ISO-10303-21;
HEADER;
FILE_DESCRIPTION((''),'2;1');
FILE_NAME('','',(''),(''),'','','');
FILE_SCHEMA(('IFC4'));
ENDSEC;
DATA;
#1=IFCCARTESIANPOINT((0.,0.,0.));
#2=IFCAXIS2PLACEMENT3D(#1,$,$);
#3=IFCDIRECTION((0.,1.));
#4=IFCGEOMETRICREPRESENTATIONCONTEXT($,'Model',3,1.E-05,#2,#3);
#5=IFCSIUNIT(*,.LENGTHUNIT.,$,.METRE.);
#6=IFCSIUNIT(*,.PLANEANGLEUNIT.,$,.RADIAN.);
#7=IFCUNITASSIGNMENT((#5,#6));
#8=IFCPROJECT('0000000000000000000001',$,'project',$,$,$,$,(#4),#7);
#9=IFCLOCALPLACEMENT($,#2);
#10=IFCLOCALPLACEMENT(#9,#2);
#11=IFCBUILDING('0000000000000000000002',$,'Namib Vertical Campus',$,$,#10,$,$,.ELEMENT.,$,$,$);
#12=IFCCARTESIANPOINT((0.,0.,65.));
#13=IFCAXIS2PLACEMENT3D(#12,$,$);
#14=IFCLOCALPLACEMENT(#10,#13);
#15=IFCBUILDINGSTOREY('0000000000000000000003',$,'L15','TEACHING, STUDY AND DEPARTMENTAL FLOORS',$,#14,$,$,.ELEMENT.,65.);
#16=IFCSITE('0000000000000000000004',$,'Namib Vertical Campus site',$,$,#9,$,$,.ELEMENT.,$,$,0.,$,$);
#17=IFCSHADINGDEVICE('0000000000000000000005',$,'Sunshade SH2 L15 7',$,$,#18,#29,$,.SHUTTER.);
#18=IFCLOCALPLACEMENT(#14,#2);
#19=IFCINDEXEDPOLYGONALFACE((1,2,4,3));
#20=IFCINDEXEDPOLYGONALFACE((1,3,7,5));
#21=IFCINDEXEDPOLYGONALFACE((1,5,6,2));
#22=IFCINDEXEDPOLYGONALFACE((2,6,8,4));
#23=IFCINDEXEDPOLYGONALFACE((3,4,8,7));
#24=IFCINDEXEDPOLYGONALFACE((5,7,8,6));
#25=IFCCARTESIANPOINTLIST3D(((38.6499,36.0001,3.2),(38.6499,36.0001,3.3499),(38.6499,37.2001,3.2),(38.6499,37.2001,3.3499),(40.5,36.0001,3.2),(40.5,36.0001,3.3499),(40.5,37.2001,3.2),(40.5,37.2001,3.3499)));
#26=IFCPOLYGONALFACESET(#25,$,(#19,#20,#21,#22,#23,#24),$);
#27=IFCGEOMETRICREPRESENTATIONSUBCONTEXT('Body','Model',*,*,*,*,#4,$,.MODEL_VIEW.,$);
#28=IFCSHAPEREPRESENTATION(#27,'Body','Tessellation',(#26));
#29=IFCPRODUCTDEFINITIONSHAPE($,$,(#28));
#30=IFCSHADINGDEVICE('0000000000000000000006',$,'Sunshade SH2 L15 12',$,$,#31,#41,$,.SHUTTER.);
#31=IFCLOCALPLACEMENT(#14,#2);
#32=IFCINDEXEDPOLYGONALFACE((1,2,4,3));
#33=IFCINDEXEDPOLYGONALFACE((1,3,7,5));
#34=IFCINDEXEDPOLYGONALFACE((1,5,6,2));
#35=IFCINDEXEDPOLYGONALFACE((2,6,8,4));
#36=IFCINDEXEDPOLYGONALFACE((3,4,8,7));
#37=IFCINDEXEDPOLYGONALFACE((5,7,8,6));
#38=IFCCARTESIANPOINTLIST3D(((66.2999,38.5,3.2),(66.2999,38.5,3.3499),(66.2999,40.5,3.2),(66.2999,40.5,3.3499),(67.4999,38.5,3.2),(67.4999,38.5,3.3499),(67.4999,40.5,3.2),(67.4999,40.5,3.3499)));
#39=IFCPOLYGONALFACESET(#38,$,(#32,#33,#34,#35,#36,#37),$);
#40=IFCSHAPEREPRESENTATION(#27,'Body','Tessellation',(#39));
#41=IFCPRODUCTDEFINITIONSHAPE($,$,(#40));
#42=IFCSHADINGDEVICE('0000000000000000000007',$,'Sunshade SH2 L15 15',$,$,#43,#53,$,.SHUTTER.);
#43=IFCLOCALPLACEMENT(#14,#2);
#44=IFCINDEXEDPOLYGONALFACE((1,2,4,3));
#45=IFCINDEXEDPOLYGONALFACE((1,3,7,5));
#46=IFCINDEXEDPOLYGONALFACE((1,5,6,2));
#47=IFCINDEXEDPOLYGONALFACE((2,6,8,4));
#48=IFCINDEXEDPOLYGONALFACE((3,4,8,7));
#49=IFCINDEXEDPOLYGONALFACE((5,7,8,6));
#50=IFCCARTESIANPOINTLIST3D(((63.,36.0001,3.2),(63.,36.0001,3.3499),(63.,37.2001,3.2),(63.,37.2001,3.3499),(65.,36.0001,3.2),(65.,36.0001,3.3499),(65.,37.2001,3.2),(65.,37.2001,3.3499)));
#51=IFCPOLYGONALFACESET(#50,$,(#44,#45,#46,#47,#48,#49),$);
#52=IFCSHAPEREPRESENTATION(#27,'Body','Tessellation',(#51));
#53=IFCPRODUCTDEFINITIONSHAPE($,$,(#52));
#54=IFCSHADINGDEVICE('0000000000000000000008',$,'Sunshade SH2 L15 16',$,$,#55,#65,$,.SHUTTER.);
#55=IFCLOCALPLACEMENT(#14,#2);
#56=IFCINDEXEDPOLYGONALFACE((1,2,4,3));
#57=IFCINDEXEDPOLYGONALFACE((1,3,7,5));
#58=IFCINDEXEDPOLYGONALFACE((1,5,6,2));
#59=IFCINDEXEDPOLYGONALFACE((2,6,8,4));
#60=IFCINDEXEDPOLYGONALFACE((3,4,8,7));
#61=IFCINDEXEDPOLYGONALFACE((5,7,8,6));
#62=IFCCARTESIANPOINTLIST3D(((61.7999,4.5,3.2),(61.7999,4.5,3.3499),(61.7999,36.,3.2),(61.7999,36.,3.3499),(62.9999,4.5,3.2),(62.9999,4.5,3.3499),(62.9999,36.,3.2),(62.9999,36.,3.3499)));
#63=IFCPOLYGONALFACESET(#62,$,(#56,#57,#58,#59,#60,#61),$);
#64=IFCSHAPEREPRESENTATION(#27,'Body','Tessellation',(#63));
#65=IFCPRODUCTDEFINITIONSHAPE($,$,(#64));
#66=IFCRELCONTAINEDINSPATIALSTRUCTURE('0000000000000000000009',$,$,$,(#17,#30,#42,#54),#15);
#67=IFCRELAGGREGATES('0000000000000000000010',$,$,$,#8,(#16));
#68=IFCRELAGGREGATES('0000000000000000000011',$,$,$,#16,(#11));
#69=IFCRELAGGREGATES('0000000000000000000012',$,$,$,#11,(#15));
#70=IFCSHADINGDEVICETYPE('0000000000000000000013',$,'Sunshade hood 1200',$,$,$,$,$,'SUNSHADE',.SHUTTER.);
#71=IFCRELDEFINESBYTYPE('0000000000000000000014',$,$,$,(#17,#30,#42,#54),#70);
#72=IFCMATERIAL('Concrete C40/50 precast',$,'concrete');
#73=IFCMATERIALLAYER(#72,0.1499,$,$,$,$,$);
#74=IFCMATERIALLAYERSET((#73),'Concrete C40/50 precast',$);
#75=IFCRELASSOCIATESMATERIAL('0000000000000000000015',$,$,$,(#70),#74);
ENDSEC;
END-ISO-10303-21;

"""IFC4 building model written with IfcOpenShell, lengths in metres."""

from ifc_helpers import new_model, si_unit, direction, frame, origin, origin_2d, place, context, subcontext, project, spatial, rectangle, extrude, material, layer, layer_set, type_object, element, save


model = new_model("IFC4")

# Units and contexts
model_context = context("Model", 3, precision=1e-05, world=origin(), true_north=direction((0.0, 1.0)))
body_context = subcontext(model_context, "Body", "Model", "MODEL_VIEW")
ifc_project = project(units=[si_unit("LENGTHUNIT", "METRE"), si_unit("PLANEANGLEUNIT", "RADIAN")], contexts=[model_context])

# Site, building, storey
site_placement = place(None, origin())
site = spatial("IfcSite", under=ifc_project, at=site_placement, Name="Namib Vertical Campus site", CompositionType="ELEMENT", RefElevation=0.0)
building_placement = place(site_placement, origin())
building = spatial("IfcBuilding", under=site, at=building_placement, Name="Namib Vertical Campus", CompositionType="ELEMENT")
storey_placement = place(building_placement, frame((0.0, 0.0, 65.0)))
storey = spatial("IfcBuildingStorey", under=building, at=storey_placement, Name="L15", Description="TEACHING, STUDY AND DEPARTMENTAL FLOORS", CompositionType="ELEMENT", Elevation=65.0)

# Shading devices
ifc_material_1 = material(Name="Concrete C40/50 precast", Category="concrete")
ifc_layer_1 = layer(ifc_material_1, 0.1499)
ifc_layer_set_1 = layer_set([ifc_layer_1], Name="Concrete C40/50 precast")
shading_device_type = type_object("IfcShadingDeviceType", Name="Sunshade hood 1200", ElementType="SUNSHADE", PredefinedType="SHUTTER", material=ifc_layer_set_1)
shading_device_1_placement = place(storey_placement, frame((39.575, 36.6001, 3.2), z_axis=(0.0, 0.0, 1.0), x_axis=(-1.0, 0.0, 0.0)))
element("IfcShadingDevice", 1, at=shading_device_1_placement, inside=storey, type_object=shading_device_type, Name="Sunshade SH2 L15 7", PredefinedType="SHUTTER", context=body_context, shape_type="SweptSolid", body=[
    extrude(rectangle(XDim=1.8501, YDim=1.2, at=origin_2d()), origin(), (0.0, 0.0, 1.0), 0.1499),
])
for number, where, z_axis, x_axis, name in (
    (2, (66.8999, 39.5, 3.2), (0.0, 0.0, 1.0), (0.0, -1.0, 0.0), "Sunshade SH2 L15 12"),
    (3, (64.0, 36.6001, 3.2), (0.0, 0.0, 1.0), (-1.0, 0.0, 0.0), "Sunshade SH2 L15 15"),
):
    element("IfcShadingDevice", number, at=place(storey_placement, frame(where, z_axis=z_axis, x_axis=x_axis)), inside=storey, type_object=shading_device_type, Name=name, PredefinedType="SHUTTER", context=body_context, shape_type="SweptSolid", body=[
        extrude(rectangle(XDim=2.0, YDim=1.2, at=origin_2d()), origin(), (0.0, 0.0, 1.0), 0.1499),
    ])
shading_device_2_placement = place(storey_placement, frame((62.3999, 20.25, 3.2), z_axis=(0.0, 0.0, 1.0), x_axis=(0.0, -1.0, 0.0)))
element("IfcShadingDevice", 4, at=shading_device_2_placement, inside=storey, type_object=shading_device_type, Name="Sunshade SH2 L15 16", PredefinedType="SHUTTER", context=body_context, shape_type="SweptSolid", body=[
    extrude(rectangle(XDim=31.5, YDim=1.2, at=origin_2d()), origin(), (0.0, 0.0, 1.0), 0.1499),
])

save(model, "model.ifc")
